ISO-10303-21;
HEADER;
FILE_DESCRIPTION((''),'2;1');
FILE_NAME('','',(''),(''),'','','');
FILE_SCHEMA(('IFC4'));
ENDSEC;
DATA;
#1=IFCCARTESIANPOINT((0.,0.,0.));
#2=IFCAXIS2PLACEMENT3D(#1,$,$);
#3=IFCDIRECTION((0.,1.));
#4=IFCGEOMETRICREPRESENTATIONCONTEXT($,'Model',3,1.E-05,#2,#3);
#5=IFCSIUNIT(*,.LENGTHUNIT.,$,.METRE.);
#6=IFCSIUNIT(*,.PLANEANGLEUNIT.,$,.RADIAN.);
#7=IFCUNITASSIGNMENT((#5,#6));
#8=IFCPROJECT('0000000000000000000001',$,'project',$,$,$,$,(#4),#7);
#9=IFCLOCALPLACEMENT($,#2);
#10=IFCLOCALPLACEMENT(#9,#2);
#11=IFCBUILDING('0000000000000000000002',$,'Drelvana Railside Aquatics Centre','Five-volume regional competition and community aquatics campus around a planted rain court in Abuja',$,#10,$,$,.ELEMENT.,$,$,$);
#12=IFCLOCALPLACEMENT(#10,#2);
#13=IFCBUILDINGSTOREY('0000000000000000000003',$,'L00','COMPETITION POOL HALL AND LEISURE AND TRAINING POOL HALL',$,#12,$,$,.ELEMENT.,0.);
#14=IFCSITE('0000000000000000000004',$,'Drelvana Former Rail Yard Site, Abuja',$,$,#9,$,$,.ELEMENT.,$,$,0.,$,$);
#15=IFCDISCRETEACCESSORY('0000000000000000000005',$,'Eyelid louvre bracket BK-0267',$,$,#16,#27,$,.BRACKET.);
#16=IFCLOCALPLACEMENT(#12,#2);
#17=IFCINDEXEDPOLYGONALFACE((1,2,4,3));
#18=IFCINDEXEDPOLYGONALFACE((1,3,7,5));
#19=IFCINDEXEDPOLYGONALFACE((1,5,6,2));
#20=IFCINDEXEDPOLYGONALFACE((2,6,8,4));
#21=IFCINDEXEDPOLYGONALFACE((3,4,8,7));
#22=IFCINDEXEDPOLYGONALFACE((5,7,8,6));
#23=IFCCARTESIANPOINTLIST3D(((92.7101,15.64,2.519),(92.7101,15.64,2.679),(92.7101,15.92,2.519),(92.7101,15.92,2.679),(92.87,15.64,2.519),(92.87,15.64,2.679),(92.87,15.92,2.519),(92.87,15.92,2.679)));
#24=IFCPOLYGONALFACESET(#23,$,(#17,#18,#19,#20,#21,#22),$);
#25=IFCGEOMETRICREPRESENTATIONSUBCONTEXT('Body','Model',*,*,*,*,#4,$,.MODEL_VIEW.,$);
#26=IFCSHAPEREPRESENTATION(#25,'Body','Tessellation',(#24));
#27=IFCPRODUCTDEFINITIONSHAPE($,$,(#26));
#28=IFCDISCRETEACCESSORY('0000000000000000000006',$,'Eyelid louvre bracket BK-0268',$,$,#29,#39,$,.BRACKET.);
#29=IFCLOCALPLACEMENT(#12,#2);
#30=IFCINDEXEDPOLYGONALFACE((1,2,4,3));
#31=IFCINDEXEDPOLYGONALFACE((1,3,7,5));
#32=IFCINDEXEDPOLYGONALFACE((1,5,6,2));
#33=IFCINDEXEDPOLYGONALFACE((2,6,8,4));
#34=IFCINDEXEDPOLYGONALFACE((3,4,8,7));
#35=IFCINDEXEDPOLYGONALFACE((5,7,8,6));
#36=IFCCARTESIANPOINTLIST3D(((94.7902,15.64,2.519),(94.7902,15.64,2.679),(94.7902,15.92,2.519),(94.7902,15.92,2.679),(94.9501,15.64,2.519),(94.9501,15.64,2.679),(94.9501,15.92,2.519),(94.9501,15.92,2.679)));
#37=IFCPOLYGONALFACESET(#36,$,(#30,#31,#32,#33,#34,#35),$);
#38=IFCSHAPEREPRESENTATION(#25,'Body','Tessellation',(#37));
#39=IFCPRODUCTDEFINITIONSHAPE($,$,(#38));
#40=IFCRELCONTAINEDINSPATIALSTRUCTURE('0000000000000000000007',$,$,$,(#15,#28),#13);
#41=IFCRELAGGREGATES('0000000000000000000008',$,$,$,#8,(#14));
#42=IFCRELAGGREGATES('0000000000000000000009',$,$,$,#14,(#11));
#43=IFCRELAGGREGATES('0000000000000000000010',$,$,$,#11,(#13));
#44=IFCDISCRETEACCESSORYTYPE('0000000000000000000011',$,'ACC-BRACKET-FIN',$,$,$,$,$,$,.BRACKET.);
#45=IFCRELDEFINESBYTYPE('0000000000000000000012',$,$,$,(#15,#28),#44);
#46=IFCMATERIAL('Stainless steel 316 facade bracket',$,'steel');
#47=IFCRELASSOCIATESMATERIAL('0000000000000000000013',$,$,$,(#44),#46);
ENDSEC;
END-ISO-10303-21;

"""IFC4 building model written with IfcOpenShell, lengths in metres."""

from ifc_helpers import new_model, si_unit, direction, frame, origin, origin_2d, place, context, subcontext, project, spatial, rectangle, extrude, material, type_object, element, save


model = new_model("IFC4")

# Units and contexts
model_context = context("Model", 3, precision=1e-05, world=origin(), true_north=direction((0.0, 1.0)))
body_context = subcontext(model_context, "Body", "Model", "MODEL_VIEW")
ifc_project = project(units=[si_unit("LENGTHUNIT", "METRE"), si_unit("PLANEANGLEUNIT", "RADIAN")], contexts=[model_context])

# Site, building, storey
site_placement = place(None, origin())
site = spatial("IfcSite", under=ifc_project, at=site_placement, Name="Drelvana Former Rail Yard Site, Abuja", CompositionType="ELEMENT", RefElevation=0.0)
building_placement = place(site_placement, origin())
building = spatial("IfcBuilding", under=site, at=building_placement, Name="Drelvana Railside Aquatics Centre", Description="Five-volume regional competition and community aquatics campus around a planted rain court in Abuja", CompositionType="ELEMENT")
storey_placement = place(building_placement, origin())
storey = spatial("IfcBuildingStorey", under=building, at=storey_placement, Name="L00", Description="COMPETITION POOL HALL AND LEISURE AND TRAINING POOL HALL", CompositionType="ELEMENT", Elevation=0.0)

# Discrete accessories
ifc_material_1 = material(Name="Stainless steel 316 facade bracket", Category="steel")
discrete_accessory_type = type_object("IfcDiscreteAccessoryType", Name="ACC-BRACKET-FIN", PredefinedType="BRACKET", material=ifc_material_1)
for number, where, z_axis, x_axis, name in (
    (1, (92.79, 15.78, 2.519), (0.0, 0.0, 1.0), (1.0, 0.0, 0.0), "Eyelid louvre bracket BK-0267"),
    (2, (94.8701, 15.78, 2.519), (0.0, 0.0, 1.0), (1.0, 0.0, 0.0), "Eyelid louvre bracket BK-0268"),
):
    element("IfcDiscreteAccessory", number, at=place(storey_placement, frame(where, z_axis=z_axis, x_axis=x_axis)), inside=storey, type_object=discrete_accessory_type, Name=name, PredefinedType="BRACKET", context=body_context, shape_type="SweptSolid", body=[
        extrude(rectangle(XDim=0.1599, YDim=0.28, at=origin_2d()), origin(), (0.0, 0.0, 1.0), 0.1599),
    ])

save(model, "model.ifc")
